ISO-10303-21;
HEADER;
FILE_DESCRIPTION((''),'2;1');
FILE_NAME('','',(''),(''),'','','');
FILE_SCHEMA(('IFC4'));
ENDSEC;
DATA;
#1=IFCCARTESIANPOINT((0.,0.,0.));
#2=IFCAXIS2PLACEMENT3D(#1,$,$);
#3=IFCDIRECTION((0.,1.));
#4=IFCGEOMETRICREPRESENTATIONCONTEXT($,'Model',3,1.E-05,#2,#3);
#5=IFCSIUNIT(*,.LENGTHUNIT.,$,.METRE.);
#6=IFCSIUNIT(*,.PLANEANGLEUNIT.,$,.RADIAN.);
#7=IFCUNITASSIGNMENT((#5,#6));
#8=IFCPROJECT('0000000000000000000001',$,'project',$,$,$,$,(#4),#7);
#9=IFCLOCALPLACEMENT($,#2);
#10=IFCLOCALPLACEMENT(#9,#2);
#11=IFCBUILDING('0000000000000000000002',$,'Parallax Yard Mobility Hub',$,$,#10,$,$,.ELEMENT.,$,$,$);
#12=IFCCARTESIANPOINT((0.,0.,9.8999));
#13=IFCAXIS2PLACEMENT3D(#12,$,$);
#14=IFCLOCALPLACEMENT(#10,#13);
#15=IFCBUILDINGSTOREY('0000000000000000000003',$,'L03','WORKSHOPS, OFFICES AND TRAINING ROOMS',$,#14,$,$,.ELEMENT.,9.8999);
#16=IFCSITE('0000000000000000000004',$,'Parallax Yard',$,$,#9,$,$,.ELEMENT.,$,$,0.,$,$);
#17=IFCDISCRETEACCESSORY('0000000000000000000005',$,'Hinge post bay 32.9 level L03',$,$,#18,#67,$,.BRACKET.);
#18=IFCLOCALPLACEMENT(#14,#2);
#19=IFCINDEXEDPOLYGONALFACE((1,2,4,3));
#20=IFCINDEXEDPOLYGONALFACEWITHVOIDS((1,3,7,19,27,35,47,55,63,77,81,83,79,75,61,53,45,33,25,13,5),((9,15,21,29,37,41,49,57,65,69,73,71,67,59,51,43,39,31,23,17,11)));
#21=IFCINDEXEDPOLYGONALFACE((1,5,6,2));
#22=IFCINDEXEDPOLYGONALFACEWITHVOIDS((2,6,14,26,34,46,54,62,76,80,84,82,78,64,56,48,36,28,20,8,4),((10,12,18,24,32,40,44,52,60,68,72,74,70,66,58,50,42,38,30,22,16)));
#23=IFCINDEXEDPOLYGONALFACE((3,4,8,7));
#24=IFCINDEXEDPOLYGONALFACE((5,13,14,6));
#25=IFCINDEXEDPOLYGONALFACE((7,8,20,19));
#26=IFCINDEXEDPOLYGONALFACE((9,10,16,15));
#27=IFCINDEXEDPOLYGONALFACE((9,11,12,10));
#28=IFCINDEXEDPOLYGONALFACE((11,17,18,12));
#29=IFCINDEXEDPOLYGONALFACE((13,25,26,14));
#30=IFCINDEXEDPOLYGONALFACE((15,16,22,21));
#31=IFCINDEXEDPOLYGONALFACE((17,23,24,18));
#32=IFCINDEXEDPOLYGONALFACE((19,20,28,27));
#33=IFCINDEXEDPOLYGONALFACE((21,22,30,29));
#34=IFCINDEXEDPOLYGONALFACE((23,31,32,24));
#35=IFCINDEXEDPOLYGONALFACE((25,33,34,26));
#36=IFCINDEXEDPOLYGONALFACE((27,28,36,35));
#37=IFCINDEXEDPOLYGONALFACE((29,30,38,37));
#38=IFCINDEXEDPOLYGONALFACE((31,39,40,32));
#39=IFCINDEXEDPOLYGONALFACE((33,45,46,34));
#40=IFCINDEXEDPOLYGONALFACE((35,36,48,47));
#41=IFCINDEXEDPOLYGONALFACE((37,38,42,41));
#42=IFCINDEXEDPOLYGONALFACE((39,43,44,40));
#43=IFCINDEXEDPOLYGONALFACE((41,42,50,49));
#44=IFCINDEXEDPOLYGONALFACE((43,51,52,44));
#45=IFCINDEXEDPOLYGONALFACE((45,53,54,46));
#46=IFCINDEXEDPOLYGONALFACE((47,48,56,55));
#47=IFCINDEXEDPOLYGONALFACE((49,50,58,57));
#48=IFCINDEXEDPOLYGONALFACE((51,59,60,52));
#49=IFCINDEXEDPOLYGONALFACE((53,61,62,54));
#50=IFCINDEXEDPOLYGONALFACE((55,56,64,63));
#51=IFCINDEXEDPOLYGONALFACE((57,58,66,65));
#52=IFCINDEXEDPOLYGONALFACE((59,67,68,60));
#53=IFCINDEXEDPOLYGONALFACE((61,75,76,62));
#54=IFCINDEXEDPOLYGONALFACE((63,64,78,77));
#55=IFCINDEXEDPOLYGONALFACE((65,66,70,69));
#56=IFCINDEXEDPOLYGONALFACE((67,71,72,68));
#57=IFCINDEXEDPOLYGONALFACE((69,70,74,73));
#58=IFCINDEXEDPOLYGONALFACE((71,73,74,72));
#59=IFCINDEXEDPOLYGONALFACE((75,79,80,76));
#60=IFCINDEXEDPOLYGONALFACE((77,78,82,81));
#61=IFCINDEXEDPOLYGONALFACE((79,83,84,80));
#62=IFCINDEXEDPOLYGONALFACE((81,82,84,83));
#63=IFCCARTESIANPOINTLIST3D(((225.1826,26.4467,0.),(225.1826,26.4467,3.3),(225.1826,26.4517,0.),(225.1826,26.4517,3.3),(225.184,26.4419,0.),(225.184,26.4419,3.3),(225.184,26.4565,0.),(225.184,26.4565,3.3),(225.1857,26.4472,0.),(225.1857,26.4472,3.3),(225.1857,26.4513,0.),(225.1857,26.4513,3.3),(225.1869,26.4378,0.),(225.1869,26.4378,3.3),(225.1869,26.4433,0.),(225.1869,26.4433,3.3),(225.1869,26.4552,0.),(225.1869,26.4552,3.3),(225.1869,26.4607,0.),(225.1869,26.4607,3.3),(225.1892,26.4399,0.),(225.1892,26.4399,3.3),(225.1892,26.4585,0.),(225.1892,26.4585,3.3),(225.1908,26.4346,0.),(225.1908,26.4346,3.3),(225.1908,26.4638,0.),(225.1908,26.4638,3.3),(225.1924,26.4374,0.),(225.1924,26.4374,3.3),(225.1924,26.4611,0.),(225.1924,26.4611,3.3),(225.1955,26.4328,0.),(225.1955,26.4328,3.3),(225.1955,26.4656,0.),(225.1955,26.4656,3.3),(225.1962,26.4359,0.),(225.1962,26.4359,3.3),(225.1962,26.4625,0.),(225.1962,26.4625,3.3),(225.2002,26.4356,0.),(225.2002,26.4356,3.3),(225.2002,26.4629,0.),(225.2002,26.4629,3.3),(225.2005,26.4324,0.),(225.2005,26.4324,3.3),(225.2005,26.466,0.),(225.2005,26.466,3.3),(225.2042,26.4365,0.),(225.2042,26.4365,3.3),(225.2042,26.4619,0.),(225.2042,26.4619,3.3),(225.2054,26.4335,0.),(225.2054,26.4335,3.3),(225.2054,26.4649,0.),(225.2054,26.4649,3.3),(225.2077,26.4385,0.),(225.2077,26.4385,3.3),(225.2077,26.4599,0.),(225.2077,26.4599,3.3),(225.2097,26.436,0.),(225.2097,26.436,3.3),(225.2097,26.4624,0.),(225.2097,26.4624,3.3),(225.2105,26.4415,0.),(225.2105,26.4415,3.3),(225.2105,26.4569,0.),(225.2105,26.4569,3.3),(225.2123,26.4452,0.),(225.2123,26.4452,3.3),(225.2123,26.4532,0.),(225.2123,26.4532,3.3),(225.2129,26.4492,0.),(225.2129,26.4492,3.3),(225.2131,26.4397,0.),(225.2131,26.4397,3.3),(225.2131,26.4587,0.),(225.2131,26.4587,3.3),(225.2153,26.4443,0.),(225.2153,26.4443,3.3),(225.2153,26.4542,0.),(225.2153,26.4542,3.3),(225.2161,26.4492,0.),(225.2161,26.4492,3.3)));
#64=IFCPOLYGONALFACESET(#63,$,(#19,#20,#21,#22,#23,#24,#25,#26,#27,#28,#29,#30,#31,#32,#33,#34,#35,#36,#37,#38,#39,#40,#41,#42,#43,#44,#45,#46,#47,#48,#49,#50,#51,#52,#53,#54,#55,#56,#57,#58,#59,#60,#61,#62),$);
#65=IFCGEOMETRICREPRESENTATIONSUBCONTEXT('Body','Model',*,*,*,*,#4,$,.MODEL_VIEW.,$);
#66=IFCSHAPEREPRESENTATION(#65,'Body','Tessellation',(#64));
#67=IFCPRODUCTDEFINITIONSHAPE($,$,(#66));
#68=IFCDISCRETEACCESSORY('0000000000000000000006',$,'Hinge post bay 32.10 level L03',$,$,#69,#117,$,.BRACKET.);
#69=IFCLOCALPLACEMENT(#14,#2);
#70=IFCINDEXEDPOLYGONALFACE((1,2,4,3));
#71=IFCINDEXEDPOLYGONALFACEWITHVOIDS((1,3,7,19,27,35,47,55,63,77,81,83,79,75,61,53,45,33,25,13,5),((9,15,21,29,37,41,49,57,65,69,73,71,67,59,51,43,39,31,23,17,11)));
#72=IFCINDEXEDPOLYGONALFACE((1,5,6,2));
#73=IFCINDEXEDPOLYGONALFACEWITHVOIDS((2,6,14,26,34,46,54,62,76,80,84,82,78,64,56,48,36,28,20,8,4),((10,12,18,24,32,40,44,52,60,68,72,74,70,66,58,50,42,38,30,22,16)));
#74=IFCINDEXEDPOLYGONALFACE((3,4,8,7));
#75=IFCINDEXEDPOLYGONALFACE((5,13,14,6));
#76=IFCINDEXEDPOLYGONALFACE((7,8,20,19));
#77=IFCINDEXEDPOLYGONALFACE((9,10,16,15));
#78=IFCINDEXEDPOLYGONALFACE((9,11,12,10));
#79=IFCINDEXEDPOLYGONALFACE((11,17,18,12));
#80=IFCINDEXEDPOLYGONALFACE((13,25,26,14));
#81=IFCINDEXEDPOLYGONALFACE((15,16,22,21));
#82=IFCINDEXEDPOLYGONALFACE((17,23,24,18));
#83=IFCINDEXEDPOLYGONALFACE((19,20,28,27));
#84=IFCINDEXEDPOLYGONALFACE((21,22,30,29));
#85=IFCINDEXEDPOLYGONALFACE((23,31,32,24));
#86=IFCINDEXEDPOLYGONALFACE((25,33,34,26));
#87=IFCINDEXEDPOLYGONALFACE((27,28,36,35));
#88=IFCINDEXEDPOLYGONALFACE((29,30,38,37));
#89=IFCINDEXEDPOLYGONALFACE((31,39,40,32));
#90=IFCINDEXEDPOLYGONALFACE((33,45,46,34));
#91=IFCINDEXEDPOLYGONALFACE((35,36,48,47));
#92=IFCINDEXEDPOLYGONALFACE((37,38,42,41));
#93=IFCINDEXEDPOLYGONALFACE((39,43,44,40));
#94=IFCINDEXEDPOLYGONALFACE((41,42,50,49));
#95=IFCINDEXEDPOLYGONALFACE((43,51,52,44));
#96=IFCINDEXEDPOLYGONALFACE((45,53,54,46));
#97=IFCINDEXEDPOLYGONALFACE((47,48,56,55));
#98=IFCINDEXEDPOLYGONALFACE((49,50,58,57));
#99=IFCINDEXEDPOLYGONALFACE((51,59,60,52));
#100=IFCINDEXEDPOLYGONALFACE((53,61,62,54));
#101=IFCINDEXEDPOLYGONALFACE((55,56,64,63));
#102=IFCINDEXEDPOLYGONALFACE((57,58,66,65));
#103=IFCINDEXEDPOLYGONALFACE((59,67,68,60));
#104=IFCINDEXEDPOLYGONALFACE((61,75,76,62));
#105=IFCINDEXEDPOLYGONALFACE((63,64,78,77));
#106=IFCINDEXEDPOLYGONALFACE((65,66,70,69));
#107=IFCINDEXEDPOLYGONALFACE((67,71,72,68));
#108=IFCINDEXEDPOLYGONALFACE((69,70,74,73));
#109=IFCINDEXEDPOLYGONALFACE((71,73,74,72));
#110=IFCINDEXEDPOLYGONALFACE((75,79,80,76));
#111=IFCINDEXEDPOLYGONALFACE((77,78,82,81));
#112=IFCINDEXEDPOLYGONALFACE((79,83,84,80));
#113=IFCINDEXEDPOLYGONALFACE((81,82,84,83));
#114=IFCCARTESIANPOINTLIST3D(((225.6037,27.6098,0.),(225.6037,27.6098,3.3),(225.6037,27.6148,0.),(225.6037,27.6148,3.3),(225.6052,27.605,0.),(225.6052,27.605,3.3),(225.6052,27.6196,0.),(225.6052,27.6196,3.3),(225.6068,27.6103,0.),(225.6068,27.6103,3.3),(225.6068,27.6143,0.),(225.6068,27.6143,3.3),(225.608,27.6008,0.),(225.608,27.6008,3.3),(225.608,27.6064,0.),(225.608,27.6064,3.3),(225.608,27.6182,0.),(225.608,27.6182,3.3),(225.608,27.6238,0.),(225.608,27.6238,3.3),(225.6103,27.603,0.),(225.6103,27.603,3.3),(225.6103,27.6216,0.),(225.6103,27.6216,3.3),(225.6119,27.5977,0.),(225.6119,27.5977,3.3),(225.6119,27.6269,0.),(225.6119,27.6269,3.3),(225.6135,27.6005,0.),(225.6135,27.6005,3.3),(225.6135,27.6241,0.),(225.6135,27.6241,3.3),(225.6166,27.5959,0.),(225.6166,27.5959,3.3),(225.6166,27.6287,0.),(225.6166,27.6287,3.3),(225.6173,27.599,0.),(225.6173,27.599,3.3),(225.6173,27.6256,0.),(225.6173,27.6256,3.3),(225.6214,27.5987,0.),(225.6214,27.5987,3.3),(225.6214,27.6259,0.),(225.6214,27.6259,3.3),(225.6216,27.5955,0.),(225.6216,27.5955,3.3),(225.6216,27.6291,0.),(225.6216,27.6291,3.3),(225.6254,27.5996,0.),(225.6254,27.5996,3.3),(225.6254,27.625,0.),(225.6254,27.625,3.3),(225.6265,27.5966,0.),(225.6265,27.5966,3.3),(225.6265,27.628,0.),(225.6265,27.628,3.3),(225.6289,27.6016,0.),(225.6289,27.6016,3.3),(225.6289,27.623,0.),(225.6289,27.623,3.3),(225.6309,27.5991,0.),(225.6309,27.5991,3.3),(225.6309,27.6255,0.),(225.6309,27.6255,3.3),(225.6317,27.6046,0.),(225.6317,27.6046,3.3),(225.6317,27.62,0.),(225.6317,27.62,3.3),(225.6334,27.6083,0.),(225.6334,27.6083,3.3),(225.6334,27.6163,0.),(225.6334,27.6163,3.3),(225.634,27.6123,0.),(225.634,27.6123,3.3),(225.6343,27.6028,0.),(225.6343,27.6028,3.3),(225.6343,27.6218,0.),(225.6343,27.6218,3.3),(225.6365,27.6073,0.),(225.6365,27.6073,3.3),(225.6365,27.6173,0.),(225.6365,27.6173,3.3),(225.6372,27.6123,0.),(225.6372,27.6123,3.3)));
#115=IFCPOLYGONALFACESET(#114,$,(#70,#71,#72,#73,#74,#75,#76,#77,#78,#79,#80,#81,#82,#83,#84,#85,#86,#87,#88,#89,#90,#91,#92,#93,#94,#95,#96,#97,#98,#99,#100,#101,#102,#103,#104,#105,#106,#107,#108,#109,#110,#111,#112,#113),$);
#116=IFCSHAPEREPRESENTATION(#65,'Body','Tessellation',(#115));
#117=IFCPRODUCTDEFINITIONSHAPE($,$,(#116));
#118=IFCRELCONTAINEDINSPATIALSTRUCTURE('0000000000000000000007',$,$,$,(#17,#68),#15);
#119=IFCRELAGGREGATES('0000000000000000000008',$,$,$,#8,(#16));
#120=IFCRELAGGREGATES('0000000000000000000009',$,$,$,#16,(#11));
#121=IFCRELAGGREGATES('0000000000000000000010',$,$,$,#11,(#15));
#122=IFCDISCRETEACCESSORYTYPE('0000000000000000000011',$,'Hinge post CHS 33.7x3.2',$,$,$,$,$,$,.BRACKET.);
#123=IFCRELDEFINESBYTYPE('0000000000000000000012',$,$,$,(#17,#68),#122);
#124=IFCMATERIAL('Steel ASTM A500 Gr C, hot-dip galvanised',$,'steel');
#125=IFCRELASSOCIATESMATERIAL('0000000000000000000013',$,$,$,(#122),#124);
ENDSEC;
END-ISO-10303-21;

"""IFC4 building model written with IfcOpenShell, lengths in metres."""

from ifc_helpers import new_model, si_unit, direction, frame, origin, origin_2d, place, context, subcontext, project, spatial, hollow_circle, extrude, material, material_profile, profile_set, type_object, element, save


model = new_model("IFC4")

# Units and contexts
model_context = context("Model", 3, precision=1e-05, world=origin(), true_north=direction((0.0, 1.0)))
body_context = subcontext(model_context, "Body", "Model", "MODEL_VIEW")
ifc_project = project(units=[si_unit("LENGTHUNIT", "METRE"), si_unit("PLANEANGLEUNIT", "RADIAN")], contexts=[model_context])

# Site, building, storey
site_placement = place(None, origin())
site = spatial("IfcSite", under=ifc_project, at=site_placement, Name="Parallax Yard", CompositionType="ELEMENT", RefElevation=0.0)
building_placement = place(site_placement, origin())
building = spatial("IfcBuilding", under=site, at=building_placement, Name="Parallax Yard Mobility Hub", CompositionType="ELEMENT")
storey_placement = place(building_placement, frame((0.0, 0.0, 9.8999)))
storey = spatial("IfcBuildingStorey", under=building, at=storey_placement, Name="L03", Description="WORKSHOPS, OFFICES AND TRAINING ROOMS", CompositionType="ELEMENT", Elevation=9.8999)

# Discrete accessories
ifc_material_1 = material(Name="Steel ASTM A500 Gr C, hot-dip galvanised", Category="steel")
ifc_material_profile_1 = material_profile(ifc_material_1, hollow_circle(Radius=0.0168, WallThickness=0.0032, at=origin_2d()), Name="CHS 33.7x3.2")
ifc_profile_set_1 = profile_set([ifc_material_profile_1], Name="Steel ASTM A500 Gr C, hot-dip galvanised")
discrete_accessory_type_1 = type_object("IfcDiscreteAccessoryType", Name="Hinge post CHS 33.7x3.2", PredefinedType="BRACKET", material=ifc_profile_set_1)
for number, where, z_axis, x_axis, name in (
    (1, (225.1992, 26.4492, 0.0), (0.0, 0.0, 1.0), (1.0, 0.0, 0.0), "Hinge post bay 32.9 level L03"),
    (2, (225.6204, 27.6123, 0.0), (0.0, 0.0, 1.0), (1.0, 0.0, 0.0), "Hinge post bay 32.10 level L03"),
):
    element("IfcDiscreteAccessory", number, at=place(storey_placement, frame(where, z_axis=z_axis, x_axis=x_axis)), inside=storey, type_object=discrete_accessory_type_1, Name=name, PredefinedType="BRACKET", context=body_context, shape_type="SweptSolid", body=[
        extrude(hollow_circle(Radius=0.0168, WallThickness=0.0032, at=origin_2d()), origin(), (0.0, 0.0, 1.0), 3.3),
    ])

save(model, "model.ifc")
